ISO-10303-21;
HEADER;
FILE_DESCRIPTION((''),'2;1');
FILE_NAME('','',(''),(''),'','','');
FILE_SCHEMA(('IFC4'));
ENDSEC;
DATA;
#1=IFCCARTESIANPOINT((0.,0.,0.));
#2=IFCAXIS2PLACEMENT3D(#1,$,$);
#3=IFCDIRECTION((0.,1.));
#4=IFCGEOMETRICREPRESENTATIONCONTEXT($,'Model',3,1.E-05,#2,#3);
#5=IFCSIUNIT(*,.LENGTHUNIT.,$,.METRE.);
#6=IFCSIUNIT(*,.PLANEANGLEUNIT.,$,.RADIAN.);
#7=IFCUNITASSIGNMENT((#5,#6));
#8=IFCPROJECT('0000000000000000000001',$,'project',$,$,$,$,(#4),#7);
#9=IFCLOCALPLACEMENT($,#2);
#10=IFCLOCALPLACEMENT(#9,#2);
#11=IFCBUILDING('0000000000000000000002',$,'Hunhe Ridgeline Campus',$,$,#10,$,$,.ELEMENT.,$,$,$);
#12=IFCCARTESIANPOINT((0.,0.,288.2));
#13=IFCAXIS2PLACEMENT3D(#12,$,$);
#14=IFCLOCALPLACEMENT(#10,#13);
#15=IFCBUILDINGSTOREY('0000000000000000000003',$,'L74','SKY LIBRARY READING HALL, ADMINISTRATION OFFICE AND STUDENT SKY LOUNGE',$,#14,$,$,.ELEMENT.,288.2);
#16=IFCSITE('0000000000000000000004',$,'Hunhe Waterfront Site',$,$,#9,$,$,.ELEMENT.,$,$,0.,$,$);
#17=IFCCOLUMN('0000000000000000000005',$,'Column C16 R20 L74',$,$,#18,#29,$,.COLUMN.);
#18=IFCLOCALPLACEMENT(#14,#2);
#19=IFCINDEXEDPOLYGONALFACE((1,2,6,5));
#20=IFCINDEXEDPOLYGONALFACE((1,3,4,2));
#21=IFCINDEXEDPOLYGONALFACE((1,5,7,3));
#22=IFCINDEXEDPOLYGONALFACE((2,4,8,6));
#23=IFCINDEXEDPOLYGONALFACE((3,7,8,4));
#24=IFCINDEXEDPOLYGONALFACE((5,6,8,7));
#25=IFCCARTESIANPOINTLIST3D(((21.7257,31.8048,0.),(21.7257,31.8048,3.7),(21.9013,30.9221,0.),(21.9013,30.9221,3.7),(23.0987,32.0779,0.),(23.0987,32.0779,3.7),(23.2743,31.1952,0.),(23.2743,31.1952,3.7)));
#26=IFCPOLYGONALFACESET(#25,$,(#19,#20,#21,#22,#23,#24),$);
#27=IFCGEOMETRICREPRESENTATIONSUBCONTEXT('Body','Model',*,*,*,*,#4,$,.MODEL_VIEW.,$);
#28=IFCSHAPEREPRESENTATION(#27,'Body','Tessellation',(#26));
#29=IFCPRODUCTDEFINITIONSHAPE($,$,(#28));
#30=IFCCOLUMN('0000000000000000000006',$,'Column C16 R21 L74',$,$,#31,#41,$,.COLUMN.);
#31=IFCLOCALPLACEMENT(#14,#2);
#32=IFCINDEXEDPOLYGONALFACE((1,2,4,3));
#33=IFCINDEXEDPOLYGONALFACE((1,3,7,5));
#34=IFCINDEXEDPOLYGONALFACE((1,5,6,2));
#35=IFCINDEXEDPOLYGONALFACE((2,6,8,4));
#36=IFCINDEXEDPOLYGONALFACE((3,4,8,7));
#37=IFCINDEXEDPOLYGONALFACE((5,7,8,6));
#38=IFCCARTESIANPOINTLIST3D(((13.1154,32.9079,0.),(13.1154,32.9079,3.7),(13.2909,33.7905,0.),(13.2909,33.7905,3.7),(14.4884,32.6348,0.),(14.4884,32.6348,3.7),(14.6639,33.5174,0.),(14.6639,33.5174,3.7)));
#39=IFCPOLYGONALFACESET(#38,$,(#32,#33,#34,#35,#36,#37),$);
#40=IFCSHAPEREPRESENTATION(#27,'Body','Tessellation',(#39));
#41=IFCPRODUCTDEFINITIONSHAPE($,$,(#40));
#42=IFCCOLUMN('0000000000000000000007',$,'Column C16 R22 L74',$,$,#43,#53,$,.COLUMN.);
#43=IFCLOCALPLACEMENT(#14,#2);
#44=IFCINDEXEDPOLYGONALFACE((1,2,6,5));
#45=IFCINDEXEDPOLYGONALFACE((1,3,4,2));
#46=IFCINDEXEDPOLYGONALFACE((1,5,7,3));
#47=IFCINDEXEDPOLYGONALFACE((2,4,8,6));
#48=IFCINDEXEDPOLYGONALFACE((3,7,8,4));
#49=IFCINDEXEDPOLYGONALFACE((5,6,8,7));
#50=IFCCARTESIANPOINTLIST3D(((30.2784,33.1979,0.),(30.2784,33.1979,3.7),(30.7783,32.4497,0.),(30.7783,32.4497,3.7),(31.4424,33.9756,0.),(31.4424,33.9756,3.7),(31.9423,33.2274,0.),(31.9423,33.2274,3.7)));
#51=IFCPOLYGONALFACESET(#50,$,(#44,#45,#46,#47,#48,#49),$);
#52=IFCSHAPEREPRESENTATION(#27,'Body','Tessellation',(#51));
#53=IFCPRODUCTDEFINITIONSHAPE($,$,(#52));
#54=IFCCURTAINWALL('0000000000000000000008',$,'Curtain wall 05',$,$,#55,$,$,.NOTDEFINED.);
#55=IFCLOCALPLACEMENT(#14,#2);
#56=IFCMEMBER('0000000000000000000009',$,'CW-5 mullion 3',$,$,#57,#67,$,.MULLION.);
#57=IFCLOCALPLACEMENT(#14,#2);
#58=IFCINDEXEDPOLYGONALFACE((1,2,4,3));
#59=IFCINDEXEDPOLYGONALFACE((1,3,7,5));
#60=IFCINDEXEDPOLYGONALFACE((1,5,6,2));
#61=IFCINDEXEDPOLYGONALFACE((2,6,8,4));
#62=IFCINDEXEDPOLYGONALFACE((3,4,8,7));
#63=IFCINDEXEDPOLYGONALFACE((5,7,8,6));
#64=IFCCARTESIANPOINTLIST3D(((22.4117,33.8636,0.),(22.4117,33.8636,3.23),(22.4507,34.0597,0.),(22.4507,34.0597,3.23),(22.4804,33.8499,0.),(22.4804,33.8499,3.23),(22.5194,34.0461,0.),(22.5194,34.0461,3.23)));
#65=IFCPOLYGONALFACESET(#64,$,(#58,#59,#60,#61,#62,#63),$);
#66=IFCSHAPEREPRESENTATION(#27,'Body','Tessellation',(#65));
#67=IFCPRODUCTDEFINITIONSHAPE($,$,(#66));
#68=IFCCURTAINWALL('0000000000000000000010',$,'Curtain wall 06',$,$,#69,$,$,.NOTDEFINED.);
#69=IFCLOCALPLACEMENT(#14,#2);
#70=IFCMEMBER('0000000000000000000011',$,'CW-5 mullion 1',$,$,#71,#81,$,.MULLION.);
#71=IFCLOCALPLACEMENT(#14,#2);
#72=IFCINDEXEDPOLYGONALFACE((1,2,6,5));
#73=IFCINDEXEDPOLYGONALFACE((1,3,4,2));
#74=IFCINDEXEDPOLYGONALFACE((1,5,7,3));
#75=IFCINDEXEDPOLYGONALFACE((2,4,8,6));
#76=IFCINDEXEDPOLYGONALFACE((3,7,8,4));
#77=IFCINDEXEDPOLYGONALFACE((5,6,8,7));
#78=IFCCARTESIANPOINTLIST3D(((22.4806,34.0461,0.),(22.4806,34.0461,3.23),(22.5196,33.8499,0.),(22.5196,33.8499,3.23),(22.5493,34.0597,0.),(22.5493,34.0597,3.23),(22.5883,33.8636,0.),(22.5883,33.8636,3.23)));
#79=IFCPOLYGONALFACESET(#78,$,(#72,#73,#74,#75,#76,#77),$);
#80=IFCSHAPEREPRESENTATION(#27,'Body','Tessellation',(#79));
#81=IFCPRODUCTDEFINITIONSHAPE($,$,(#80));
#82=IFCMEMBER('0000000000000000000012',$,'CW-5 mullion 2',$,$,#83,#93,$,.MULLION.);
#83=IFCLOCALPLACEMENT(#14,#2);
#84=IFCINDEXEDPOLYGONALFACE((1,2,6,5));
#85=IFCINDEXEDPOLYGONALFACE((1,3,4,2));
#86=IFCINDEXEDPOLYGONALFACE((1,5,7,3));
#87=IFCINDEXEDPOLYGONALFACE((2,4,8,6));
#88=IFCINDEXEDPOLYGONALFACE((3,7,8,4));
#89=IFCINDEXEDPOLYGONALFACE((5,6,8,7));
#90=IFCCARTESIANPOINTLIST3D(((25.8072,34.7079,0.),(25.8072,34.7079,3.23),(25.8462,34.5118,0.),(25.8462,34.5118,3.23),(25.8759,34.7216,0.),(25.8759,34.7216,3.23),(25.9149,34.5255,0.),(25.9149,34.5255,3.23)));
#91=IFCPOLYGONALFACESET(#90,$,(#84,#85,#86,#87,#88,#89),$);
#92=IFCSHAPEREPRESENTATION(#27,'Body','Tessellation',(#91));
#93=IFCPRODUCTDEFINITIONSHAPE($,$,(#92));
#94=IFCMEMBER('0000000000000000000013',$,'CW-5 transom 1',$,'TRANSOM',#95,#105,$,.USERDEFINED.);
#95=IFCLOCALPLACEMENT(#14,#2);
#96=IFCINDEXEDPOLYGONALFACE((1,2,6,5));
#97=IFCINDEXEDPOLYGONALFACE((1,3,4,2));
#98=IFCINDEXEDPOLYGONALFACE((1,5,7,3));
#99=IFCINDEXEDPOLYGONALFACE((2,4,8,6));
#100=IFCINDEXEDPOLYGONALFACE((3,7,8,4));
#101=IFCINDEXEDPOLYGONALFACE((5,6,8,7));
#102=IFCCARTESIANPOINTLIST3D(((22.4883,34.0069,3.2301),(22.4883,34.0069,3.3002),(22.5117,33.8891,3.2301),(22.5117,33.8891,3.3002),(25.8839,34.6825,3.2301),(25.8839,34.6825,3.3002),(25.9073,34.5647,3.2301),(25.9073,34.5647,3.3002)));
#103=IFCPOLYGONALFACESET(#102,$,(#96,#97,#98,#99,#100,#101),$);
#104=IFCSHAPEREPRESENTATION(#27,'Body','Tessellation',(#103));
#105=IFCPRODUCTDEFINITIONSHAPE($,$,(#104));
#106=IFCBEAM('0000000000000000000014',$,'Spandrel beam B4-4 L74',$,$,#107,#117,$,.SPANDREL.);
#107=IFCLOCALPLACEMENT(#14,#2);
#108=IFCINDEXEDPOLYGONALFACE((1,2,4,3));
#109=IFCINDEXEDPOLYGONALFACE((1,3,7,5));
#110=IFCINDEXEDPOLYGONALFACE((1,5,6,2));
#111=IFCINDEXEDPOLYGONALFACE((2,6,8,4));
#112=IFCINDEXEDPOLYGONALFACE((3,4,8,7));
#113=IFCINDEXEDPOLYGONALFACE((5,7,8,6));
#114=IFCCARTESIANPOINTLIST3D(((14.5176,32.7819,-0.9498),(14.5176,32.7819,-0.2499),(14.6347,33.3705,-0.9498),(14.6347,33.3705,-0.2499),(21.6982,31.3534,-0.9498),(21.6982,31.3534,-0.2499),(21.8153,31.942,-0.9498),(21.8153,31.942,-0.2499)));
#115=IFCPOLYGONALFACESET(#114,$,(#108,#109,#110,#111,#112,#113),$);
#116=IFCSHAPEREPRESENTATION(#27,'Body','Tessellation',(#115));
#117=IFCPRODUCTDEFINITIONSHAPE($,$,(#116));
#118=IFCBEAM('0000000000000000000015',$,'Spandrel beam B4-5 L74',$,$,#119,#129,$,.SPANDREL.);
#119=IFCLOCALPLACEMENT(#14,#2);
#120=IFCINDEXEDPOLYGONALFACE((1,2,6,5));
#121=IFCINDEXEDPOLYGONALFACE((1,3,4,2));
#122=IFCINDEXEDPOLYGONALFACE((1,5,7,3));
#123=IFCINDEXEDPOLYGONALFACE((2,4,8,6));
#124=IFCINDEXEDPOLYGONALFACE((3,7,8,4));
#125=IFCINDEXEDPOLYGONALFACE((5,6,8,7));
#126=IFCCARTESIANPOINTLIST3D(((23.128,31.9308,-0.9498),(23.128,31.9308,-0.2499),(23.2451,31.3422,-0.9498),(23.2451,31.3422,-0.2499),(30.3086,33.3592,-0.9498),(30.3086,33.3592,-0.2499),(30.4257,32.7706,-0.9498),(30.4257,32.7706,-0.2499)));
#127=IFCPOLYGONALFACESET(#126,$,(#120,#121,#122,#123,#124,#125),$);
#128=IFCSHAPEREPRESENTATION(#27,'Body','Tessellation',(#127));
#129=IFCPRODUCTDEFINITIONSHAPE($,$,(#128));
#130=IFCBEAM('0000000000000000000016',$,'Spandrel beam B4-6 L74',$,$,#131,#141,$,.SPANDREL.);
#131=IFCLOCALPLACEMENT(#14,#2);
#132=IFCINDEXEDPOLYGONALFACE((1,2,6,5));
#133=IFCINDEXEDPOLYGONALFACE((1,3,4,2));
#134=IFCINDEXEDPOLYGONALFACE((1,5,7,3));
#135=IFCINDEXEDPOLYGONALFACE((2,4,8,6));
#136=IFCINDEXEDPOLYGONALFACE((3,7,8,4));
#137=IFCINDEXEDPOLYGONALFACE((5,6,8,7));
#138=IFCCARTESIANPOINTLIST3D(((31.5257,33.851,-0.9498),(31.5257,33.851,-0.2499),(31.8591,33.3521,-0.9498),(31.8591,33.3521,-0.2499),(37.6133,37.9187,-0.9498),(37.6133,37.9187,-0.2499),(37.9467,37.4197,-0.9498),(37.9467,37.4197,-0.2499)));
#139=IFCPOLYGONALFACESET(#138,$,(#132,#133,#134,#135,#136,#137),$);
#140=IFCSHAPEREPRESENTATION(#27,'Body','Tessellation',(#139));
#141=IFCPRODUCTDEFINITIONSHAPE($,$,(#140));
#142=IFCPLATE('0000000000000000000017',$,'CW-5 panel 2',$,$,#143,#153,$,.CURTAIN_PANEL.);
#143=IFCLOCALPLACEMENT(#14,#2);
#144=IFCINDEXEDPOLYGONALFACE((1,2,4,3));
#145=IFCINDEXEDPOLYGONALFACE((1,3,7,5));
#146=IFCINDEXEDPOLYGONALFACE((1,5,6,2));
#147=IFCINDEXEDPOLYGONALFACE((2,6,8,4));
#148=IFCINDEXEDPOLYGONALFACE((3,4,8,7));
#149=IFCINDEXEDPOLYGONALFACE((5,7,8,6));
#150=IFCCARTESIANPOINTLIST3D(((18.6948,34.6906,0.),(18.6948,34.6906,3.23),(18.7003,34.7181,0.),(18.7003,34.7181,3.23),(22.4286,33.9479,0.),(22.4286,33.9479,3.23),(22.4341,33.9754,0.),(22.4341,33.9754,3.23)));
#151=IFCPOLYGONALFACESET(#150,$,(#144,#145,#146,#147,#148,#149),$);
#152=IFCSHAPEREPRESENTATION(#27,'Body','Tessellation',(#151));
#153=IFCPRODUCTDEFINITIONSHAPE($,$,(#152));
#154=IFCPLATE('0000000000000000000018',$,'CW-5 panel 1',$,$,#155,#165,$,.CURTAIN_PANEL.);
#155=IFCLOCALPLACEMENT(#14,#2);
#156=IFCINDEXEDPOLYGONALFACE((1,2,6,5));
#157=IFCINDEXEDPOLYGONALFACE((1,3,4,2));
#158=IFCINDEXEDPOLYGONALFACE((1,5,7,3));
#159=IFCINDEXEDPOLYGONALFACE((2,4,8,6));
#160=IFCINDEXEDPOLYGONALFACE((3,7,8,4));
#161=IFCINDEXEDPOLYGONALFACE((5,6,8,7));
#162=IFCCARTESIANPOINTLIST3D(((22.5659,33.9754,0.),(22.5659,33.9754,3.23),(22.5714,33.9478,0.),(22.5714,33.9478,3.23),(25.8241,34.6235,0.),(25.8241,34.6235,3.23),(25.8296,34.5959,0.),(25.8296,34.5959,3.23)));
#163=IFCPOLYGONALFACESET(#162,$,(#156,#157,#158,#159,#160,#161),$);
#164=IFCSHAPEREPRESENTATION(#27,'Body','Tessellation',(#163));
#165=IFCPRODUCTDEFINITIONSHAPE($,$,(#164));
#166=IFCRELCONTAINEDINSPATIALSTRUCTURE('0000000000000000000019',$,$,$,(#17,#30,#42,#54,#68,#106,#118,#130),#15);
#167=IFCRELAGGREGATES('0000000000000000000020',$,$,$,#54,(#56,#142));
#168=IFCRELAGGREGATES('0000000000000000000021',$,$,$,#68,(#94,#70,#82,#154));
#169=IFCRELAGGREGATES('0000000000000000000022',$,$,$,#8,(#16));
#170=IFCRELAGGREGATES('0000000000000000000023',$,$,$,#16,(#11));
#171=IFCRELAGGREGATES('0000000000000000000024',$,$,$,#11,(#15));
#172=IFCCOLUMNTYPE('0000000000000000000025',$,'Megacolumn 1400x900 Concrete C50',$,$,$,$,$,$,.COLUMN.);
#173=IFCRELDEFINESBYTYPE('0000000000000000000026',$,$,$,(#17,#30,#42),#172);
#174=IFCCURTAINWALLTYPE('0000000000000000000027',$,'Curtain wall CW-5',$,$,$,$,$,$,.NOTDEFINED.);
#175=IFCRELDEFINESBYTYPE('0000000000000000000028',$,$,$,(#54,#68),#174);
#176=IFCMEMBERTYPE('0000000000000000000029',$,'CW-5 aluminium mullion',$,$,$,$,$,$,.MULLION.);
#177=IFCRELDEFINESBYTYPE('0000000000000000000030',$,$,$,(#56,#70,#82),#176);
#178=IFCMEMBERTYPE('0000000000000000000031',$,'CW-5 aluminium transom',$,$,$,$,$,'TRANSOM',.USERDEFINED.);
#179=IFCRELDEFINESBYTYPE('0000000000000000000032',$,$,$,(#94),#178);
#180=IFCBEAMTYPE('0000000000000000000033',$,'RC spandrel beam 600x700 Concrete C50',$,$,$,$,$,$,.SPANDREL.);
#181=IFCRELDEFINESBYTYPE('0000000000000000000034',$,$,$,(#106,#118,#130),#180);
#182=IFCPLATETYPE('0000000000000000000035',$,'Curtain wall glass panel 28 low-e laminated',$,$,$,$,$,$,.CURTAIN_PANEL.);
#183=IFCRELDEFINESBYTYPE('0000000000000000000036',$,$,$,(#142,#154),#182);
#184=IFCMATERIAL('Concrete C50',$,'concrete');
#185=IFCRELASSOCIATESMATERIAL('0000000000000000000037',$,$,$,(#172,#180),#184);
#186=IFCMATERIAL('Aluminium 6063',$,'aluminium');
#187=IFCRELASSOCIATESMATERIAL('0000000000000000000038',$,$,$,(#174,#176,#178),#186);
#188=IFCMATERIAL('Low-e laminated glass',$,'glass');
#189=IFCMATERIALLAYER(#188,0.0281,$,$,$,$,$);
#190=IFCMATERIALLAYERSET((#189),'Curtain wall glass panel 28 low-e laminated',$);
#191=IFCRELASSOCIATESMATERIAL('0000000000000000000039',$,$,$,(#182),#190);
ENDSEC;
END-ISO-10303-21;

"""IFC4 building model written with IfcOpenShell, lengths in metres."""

from ifc_helpers import new_model, si_unit, direction, frame, origin, origin_2d, place, context, subcontext, project, spatial, rectangle, extrude, material, layer, layer_set, material_profile, profile_set, type_object, element, aggregate, save


model = new_model("IFC4")

# Units and contexts
model_context = context("Model", 3, precision=1e-05, world=origin(), true_north=direction((0.0, 1.0)))
body_context = subcontext(model_context, "Body", "Model", "MODEL_VIEW")
ifc_project = project(units=[si_unit("LENGTHUNIT", "METRE"), si_unit("PLANEANGLEUNIT", "RADIAN")], contexts=[model_context])

# Site, building, storey
site_placement = place(None, origin())
site = spatial("IfcSite", under=ifc_project, at=site_placement, Name="Hunhe Waterfront Site", CompositionType="ELEMENT", RefElevation=0.0)
building_placement = place(site_placement, origin())
building = spatial("IfcBuilding", under=site, at=building_placement, Name="Hunhe Ridgeline Campus", CompositionType="ELEMENT")
storey_placement = place(building_placement, frame((0.0, 0.0, 288.2)))
storey = spatial("IfcBuildingStorey", under=building, at=storey_placement, Name="L74", Description="SKY LIBRARY READING HALL, ADMINISTRATION OFFICE AND STUDENT SKY LOUNGE", CompositionType="ELEMENT", Elevation=288.2)

# Columns
ifc_material_1 = material(Name="Concrete C50", Category="concrete")
ifc_material_profile_1 = material_profile(ifc_material_1, rectangle(XDim=1.3999, YDim=0.8999, at=origin_2d()))
ifc_profile_set_1 = profile_set([ifc_material_profile_1], Name="Concrete C50")
column_type = type_object("IfcColumnType", Name="Megacolumn 1400x900 Concrete C50", PredefinedType="COLUMN", material=ifc_profile_set_1)
for number, where, z_axis, x_axis, name in (
    (1, (22.5, 31.5, 0.0), (0.0, 0.0, 1.0), (0.980785, 0.19509, 0.0), "Column C16 R20 L74"),
    (2, (13.8896, 33.2126, 0.0), (0.0, 0.0, 1.0), (-0.980785, 0.19509, 0.0), "Column C16 R21 L74"),
    (3, (31.1104, 33.2126, 0.0), (0.0, 0.0, 1.0), (0.83147, 0.55557, 0.0), "Column C16 R22 L74"),
):
    element("IfcColumn", number, at=place(storey_placement, frame(where, z_axis=z_axis, x_axis=x_axis)), inside=storey, type_object=column_type, Name=name, PredefinedType="COLUMN", context=body_context, shape_type="SweptSolid", body=[
        extrude(rectangle(XDim=1.3999, YDim=0.8999, at=origin_2d()), origin(), (0.0, 0.0, 1.0), 3.7),
    ])

# Curtain wall, member
ifc_material_2 = material(Name="Aluminium 6063", Category="aluminium")
curtain_wall_type = type_object("IfcCurtainWallType", Name="Curtain wall CW-5", PredefinedType="NOTDEFINED", material=ifc_material_2)
curtain_wall_1_placement = place(storey_placement, origin())
curtain_wall_1 = element("IfcCurtainWall", 4, at=curtain_wall_1_placement, inside=storey, type_object=curtain_wall_type, Name="Curtain wall 05", PredefinedType="NOTDEFINED")
ifc_material_profile_2 = material_profile(ifc_material_2, rectangle(XDim=0.2, YDim=0.0701, at=origin_2d()))
ifc_profile_set_2 = profile_set([ifc_material_profile_2], Name="Aluminium 6063")
member_type_1 = type_object("IfcMemberType", Name="CW-5 aluminium mullion", PredefinedType="MULLION", material=ifc_profile_set_2)
member_1_placement = place(storey_placement, frame((22.4656, 33.9548, 0.0), z_axis=(0.0, 0.0, 1.0), x_axis=(0.19509, 0.980785, 0.0)))
member_1 = element("IfcMember", 5, at=member_1_placement, type_object=member_type_1, Name="CW-5 mullion 3", PredefinedType="MULLION", context=body_context, shape_type="SweptSolid", body=[
    extrude(rectangle(XDim=0.2, YDim=0.0701, at=origin_2d()), origin(), (0.0, 0.0, 1.0), 3.23),
])

# Curtain wall, members
curtain_wall_2_placement = place(storey_placement, origin())
curtain_wall_2 = element("IfcCurtainWall", 6, at=curtain_wall_2_placement, inside=storey, type_object=curtain_wall_type, Name="Curtain wall 06", PredefinedType="NOTDEFINED")
member_2_placement = place(storey_placement, frame((22.5344, 33.9548, 0.0), z_axis=(0.0, 0.0, 1.0), x_axis=(-0.19509, 0.980785, 0.0)))
member_2 = element("IfcMember", 7, at=member_2_placement, type_object=member_type_1, Name="CW-5 mullion 1", PredefinedType="MULLION", context=body_context, shape_type="SweptSolid", body=[
    extrude(rectangle(XDim=0.2, YDim=0.0701, at=origin_2d()), origin(), (0.0, 0.0, 1.0), 3.23),
])
member_3_placement = place(storey_placement, frame((25.8611, 34.6167, 0.0), z_axis=(0.0, 0.0, 1.0), x_axis=(-0.19509, 0.980785, 0.0)))
member_3 = element("IfcMember", 8, at=member_3_placement, type_object=member_type_1, Name="CW-5 mullion 2", PredefinedType="MULLION", context=body_context, shape_type="SweptSolid", body=[
    extrude(rectangle(XDim=0.2, YDim=0.0701, at=origin_2d()), origin(), (0.0, 0.0, 1.0), 3.23),
])
ifc_material_profile_3 = material_profile(ifc_material_2, rectangle(XDim=0.1201, YDim=0.0701, at=origin_2d()))
ifc_profile_set_3 = profile_set([ifc_material_profile_3], Name="Aluminium 6063")
member_type_2 = type_object("IfcMemberType", Name="CW-5 aluminium transom", ElementType="TRANSOM", PredefinedType="USERDEFINED", material=ifc_profile_set_3)
member_4_placement = place(storey_placement, frame((22.5, 33.948, 3.2651), z_axis=(0.980778, 0.195126, 0.0), x_axis=(-0.195126, 0.980778, 0.0)))
member_4 = element("IfcMember", 9, at=member_4_placement, type_object=member_type_2, Name="CW-5 transom 1", ObjectType="TRANSOM", PredefinedType="USERDEFINED", context=body_context, shape_type="SweptSolid", body=[
    extrude(rectangle(XDim=0.1201, YDim=0.0701, at=origin_2d()), origin(), (0.0, 0.0, 1.0), 3.4622),
])

# Beams
ifc_material_profile_4 = material_profile(ifc_material_1, rectangle(XDim=0.6001, YDim=0.7, at=origin_2d()))
ifc_profile_set_4 = profile_set([ifc_material_profile_4], Name="Concrete C50")
beam_type = type_object("IfcBeamType", Name="RC spandrel beam 600x700 Concrete C50", PredefinedType="SPANDREL", material=ifc_profile_set_4)
for number, where, z_axis, x_axis, name in (
    (10, (14.5762, 33.0762, -0.5999), (0.980782, -0.195109, 0.0), (0.195109, 0.980782, 0.0), "Spandrel beam B4-4 L74"),
    (11, (23.1865, 31.6365, -0.5999), (0.980782, 0.195109, 0.0), (-0.195109, 0.980782, 0.0), "Spandrel beam B4-5 L74"),
):
    element("IfcBeam", number, at=place(storey_placement, frame(where, z_axis=z_axis, x_axis=x_axis)), inside=storey, type_object=beam_type, Name=name, PredefinedType="SPANDREL", context=body_context, shape_type="SweptSolid", body=[
        extrude(rectangle(XDim=0.6001, YDim=0.7, at=origin_2d()), origin(), (0.0, 0.0, 1.0), 7.3213),
    ])
beam_placement = place(storey_placement, frame((31.6924, 33.6016, -0.5999), z_axis=(0.83147, 0.555569, 0.0), x_axis=(-0.555569, 0.83147, 0.0)))
element("IfcBeam", 12, at=beam_placement, inside=storey, type_object=beam_type, Name="Spandrel beam B4-6 L74", PredefinedType="SPANDREL", context=body_context, shape_type="SweptSolid", body=[
    extrude(rectangle(XDim=0.6001, YDim=0.7, at=origin_2d()), origin(), (0.0, 0.0, 1.0), 7.3215),
])

# Plates
ifc_material_3 = material(Name="Low-e laminated glass", Category="glass")
ifc_layer_1 = layer(ifc_material_3, 0.0281)
ifc_layer_set_1 = layer_set([ifc_layer_1], Name="Curtain wall glass panel 28 low-e laminated")
plate_type = type_object("IfcPlateType", Name="Curtain wall glass panel 28 low-e laminated", PredefinedType="CURTAIN_PANEL", material=ifc_layer_set_1)
plate_1_placement = place(storey_placement, frame((20.5645, 34.333, 0.0), z_axis=(0.0, 0.0, 1.0), x_axis=(0.980785, -0.19509, 0.0)))
plate_1 = element("IfcPlate", 13, at=plate_1_placement, type_object=plate_type, Name="CW-5 panel 2", PredefinedType="CURTAIN_PANEL", context=body_context, shape_type="SweptSolid", body=[
    extrude(rectangle(XDim=3.8069, YDim=0.0281, at=origin_2d()), origin(), (0.0, 0.0, 1.0), 3.23),
])
aggregate(curtain_wall_1, [member_1, plate_1])
plate_2_placement = place(storey_placement, frame((24.1978, 34.2856, 0.0), z_axis=(0.0, 0.0, 1.0), x_axis=(0.980785, 0.19509, 0.0)))
plate_2 = element("IfcPlate", 14, at=plate_2_placement, type_object=plate_type, Name="CW-5 panel 1", PredefinedType="CURTAIN_PANEL", context=body_context, shape_type="SweptSolid", body=[
    extrude(rectangle(XDim=3.322, YDim=0.0281, at=origin_2d()), origin(), (0.0, 0.0, 1.0), 3.23),
])
aggregate(curtain_wall_2, [member_4, member_2, member_3, plate_2])

save(model, "model.ifc")
